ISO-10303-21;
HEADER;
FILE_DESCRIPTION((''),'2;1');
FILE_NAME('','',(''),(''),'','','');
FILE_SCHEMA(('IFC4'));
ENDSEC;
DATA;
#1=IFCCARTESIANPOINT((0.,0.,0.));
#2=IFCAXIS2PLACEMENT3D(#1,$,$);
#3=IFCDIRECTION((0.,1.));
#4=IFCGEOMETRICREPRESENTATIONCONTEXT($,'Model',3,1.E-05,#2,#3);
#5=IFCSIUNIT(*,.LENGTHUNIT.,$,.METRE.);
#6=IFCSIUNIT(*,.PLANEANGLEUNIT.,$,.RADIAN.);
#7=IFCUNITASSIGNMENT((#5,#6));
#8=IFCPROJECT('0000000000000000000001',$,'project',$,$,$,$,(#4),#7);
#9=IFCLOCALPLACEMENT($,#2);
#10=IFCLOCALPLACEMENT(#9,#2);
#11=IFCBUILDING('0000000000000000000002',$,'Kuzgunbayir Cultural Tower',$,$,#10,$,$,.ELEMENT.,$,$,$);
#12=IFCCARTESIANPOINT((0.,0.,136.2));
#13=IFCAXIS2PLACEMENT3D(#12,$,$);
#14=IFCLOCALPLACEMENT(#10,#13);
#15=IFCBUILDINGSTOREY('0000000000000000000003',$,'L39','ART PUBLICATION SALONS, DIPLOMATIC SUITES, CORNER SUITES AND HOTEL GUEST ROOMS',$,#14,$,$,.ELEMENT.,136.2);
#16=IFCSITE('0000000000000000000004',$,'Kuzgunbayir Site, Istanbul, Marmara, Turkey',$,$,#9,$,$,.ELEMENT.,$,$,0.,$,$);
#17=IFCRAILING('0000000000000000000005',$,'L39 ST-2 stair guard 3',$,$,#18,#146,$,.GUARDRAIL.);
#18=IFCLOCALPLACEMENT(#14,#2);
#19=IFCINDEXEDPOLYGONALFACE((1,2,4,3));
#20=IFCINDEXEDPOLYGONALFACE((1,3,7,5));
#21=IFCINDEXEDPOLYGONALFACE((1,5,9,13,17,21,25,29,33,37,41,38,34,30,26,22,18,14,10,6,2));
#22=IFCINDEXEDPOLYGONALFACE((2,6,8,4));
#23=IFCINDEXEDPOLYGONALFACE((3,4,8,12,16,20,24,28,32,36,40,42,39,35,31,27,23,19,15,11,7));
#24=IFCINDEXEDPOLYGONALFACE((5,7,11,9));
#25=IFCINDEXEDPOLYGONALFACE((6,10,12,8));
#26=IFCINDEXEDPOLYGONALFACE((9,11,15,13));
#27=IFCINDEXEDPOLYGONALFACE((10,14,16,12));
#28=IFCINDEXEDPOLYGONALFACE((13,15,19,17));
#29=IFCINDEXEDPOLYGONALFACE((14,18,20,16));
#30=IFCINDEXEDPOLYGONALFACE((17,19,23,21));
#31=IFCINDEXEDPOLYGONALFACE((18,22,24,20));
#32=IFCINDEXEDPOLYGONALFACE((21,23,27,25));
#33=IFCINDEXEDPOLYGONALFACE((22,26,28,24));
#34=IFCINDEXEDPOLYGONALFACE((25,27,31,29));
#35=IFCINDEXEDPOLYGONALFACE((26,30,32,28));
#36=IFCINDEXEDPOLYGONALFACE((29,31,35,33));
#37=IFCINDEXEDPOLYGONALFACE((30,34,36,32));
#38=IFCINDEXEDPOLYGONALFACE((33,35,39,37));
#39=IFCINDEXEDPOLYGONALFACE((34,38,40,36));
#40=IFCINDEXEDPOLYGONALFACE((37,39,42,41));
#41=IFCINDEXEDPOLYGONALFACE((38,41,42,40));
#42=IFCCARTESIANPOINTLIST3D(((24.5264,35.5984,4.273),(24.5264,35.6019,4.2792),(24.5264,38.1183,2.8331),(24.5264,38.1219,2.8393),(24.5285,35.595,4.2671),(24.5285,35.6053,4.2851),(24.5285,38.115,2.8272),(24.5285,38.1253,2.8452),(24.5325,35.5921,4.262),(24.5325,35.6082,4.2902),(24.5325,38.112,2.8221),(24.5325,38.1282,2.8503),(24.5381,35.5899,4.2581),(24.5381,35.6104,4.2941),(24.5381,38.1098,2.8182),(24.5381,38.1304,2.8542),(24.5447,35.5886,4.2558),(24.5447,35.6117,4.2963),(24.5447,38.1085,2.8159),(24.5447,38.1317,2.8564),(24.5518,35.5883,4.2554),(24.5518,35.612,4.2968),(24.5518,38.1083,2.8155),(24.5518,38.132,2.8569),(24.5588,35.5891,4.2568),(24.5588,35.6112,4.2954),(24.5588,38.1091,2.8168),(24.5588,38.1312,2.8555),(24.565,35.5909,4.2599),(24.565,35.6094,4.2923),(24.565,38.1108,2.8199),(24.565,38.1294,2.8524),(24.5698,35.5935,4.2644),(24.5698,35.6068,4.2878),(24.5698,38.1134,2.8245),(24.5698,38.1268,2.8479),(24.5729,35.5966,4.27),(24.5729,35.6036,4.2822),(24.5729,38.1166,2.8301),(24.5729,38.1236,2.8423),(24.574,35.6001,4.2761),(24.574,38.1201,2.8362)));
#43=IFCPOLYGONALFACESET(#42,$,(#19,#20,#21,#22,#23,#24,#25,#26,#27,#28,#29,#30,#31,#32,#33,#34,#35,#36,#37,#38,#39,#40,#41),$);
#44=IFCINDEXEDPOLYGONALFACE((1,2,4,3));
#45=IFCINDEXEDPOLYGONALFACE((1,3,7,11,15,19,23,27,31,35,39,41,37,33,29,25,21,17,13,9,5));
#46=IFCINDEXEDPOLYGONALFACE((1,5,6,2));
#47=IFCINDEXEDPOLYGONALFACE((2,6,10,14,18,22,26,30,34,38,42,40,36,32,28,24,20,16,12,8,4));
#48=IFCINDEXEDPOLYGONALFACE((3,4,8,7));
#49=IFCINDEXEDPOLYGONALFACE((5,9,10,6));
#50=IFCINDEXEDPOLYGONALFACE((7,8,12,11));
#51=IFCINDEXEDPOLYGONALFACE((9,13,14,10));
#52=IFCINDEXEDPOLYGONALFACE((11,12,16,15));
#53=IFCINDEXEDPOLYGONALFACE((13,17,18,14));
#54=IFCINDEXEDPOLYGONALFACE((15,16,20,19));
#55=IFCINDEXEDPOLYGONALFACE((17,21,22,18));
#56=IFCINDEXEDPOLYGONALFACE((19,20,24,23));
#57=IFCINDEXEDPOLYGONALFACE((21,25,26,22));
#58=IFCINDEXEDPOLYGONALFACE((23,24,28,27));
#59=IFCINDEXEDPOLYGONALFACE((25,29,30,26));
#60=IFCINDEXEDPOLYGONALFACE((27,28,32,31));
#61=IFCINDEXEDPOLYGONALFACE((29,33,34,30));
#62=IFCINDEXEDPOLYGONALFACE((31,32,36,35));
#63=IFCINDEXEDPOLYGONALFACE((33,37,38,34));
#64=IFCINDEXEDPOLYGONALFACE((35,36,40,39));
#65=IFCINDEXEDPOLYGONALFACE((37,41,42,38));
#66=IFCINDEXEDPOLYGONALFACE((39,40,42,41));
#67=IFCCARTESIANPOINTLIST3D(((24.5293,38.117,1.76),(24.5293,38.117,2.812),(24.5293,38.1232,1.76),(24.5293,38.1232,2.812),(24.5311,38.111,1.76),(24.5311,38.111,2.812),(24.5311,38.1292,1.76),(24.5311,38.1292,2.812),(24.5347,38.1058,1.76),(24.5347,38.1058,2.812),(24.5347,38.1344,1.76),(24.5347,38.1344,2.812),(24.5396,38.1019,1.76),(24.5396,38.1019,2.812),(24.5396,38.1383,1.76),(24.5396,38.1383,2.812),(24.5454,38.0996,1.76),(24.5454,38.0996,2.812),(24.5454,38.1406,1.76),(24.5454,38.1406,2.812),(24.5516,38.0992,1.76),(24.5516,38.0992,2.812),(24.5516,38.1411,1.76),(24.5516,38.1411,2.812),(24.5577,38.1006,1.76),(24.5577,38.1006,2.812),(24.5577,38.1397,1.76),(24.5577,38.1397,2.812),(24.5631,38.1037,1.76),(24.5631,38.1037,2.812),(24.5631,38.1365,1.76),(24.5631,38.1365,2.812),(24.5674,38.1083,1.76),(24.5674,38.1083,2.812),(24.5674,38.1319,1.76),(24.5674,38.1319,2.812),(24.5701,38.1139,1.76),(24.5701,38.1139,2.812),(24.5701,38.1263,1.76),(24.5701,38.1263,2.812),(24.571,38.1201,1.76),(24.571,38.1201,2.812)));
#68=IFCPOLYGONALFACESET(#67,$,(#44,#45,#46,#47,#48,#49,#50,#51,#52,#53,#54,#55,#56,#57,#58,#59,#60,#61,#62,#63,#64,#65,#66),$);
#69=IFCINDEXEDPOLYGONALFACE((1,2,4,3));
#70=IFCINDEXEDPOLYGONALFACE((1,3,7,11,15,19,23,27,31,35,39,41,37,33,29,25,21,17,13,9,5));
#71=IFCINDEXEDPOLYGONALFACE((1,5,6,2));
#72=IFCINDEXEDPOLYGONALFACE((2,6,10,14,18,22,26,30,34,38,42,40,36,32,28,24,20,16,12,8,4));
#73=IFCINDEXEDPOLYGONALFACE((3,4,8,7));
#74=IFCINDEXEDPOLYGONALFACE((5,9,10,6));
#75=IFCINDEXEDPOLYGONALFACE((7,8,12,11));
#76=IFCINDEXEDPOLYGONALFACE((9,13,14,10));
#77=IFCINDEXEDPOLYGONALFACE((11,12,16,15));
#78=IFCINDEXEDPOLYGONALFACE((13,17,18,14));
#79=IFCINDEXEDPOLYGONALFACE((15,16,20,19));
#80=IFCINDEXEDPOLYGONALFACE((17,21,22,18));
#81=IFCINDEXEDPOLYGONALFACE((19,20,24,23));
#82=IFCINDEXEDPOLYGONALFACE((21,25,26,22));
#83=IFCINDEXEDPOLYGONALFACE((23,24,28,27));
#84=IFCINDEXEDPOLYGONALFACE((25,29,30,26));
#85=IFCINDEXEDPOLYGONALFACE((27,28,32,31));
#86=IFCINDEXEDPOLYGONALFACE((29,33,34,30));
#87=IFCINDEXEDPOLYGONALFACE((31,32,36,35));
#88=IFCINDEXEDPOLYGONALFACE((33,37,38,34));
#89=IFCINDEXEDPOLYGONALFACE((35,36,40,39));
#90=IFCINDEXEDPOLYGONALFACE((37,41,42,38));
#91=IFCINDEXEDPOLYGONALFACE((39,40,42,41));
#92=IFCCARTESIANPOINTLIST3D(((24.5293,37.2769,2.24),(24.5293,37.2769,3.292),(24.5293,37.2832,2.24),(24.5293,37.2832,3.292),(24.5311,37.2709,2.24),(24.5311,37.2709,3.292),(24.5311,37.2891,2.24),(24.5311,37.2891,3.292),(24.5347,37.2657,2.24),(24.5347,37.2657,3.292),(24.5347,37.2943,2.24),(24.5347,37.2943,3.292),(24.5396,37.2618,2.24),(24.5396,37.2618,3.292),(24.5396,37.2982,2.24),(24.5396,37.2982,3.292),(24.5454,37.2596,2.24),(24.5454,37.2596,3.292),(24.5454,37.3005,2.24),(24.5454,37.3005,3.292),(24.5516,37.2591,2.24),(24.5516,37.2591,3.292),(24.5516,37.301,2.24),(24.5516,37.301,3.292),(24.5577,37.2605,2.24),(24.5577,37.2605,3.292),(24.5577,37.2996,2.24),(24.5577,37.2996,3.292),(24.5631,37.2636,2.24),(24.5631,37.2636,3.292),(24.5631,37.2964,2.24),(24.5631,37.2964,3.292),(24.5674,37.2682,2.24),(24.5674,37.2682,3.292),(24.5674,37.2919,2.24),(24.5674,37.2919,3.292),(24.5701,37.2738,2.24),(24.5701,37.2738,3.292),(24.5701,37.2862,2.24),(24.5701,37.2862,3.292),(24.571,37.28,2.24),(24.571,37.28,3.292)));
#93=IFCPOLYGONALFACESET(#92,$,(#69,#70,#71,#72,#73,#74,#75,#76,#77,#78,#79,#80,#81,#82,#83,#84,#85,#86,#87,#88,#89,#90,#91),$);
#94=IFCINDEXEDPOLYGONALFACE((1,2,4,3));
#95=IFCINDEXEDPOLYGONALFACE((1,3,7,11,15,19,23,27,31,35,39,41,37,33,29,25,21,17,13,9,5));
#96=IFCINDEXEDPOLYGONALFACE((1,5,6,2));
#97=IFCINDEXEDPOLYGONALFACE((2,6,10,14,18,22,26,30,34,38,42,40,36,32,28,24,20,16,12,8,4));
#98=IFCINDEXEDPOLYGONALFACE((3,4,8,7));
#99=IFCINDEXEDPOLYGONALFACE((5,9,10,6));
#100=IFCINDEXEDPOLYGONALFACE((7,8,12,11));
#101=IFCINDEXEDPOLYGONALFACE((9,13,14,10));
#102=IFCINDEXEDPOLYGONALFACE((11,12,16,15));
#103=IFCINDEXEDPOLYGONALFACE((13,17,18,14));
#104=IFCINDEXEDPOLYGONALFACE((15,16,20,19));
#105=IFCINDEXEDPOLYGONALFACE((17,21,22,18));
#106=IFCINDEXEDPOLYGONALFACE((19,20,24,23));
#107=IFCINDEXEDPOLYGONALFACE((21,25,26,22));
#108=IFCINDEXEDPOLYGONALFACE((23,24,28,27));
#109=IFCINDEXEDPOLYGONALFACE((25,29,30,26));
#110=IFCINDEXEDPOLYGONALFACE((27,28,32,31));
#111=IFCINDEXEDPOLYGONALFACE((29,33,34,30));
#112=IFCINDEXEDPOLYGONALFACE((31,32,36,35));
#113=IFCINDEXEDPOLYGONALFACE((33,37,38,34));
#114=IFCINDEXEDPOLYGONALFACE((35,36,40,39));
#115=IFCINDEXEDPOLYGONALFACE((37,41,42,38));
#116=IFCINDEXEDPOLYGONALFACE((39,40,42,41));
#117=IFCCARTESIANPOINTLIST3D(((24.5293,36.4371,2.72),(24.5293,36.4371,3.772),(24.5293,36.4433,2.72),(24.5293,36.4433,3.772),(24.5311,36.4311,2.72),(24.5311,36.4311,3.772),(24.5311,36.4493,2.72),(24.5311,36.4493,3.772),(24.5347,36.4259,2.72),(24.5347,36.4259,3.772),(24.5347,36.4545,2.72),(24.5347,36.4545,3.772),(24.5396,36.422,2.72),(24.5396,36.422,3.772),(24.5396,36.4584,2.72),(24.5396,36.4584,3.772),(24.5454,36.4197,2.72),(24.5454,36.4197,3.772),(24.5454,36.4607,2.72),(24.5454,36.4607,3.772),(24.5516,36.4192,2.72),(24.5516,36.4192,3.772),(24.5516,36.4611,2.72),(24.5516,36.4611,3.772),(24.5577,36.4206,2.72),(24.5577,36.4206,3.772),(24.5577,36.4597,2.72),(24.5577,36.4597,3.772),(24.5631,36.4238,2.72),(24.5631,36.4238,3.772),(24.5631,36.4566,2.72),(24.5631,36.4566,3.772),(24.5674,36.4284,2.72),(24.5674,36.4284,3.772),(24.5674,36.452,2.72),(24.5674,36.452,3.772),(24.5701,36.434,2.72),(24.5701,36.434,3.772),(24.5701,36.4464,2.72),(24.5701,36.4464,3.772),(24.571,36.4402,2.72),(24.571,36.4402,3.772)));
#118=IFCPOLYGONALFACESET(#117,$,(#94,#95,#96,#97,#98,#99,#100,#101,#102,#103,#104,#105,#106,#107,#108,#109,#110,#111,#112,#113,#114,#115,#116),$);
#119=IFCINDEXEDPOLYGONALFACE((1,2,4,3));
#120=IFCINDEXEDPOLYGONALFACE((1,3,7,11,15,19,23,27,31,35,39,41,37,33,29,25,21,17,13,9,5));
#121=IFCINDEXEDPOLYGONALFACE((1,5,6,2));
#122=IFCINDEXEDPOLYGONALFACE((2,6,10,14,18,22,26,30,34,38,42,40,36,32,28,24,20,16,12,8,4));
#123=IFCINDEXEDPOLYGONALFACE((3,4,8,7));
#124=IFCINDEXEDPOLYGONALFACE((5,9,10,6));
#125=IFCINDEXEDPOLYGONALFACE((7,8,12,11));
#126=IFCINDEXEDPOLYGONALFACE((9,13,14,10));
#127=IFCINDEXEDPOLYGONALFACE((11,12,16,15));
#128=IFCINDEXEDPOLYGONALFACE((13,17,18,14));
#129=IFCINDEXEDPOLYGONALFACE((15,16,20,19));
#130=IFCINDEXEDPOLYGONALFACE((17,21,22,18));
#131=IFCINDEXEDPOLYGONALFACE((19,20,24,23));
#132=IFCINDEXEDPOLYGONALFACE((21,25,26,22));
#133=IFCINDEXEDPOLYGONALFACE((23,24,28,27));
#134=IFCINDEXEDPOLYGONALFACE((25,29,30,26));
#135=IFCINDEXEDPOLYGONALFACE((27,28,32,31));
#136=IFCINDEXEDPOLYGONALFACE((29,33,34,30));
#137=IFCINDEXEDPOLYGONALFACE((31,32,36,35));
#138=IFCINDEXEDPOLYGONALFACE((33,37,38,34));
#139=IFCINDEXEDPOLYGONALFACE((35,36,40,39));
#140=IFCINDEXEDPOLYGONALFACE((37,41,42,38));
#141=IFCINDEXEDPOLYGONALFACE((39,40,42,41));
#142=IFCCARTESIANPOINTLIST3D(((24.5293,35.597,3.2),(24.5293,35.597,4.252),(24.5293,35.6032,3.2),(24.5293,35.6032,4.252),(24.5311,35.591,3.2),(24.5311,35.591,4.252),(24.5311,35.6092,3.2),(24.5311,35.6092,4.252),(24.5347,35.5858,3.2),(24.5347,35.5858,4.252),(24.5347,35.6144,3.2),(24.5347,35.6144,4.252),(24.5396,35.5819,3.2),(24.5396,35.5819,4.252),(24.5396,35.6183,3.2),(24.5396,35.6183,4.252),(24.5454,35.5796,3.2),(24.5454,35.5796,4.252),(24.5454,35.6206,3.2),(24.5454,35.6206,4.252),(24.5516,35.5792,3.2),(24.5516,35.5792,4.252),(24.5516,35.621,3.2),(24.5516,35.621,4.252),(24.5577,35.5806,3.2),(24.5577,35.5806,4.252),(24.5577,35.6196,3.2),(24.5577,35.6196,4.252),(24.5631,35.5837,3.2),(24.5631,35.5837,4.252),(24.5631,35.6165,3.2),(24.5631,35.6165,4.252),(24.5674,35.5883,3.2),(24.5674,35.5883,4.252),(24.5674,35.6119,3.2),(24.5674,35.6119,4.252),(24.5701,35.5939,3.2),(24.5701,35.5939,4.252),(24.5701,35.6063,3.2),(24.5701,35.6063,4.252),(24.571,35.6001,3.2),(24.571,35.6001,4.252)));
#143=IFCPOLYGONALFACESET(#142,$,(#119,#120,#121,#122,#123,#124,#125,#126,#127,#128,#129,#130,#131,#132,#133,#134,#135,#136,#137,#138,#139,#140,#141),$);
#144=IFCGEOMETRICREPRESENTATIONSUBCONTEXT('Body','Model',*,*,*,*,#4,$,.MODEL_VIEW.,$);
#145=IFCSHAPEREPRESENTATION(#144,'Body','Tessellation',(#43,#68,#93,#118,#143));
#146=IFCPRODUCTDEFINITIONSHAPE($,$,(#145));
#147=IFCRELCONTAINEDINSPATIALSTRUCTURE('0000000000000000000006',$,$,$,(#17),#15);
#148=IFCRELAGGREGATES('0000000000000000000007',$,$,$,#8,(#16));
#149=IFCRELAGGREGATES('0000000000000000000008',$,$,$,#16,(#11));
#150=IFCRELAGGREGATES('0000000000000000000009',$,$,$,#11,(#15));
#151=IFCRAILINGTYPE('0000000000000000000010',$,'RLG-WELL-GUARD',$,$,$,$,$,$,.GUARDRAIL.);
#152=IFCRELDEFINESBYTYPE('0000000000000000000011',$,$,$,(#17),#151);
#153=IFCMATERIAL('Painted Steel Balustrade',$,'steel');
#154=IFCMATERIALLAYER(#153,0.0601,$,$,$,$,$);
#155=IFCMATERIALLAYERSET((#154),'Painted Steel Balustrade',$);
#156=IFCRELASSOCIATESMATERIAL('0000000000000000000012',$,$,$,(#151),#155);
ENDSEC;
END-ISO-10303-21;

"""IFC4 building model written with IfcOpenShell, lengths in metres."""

from ifc_helpers import new_model, si_unit, direction, frame, origin, origin_2d, place, context, subcontext, project, spatial, circle, extrude, material, layer, layer_set, type_object, element, save


model = new_model("IFC4")

# Units and contexts
model_context = context("Model", 3, precision=1e-05, world=origin(), true_north=direction((0.0, 1.0)))
body_context = subcontext(model_context, "Body", "Model", "MODEL_VIEW")
ifc_project = project(units=[si_unit("LENGTHUNIT", "METRE"), si_unit("PLANEANGLEUNIT", "RADIAN")], contexts=[model_context])

# Site, building, storey
site_placement = place(None, origin())
site = spatial("IfcSite", under=ifc_project, at=site_placement, Name="Kuzgunbayir Site, Istanbul, Marmara, Turkey", CompositionType="ELEMENT", RefElevation=0.0)
building_placement = place(site_placement, origin())
building = spatial("IfcBuilding", under=site, at=building_placement, Name="Kuzgunbayir Cultural Tower", CompositionType="ELEMENT")
storey_placement = place(building_placement, frame((0.0, 0.0, 136.2)))
storey = spatial("IfcBuildingStorey", under=building, at=storey_placement, Name="L39", Description="ART PUBLICATION SALONS, DIPLOMATIC SUITES, CORNER SUITES AND HOTEL GUEST ROOMS", CompositionType="ELEMENT", Elevation=136.2)

# Railing
ifc_material_1 = material(Name="Painted Steel Balustrade", Category="steel")
ifc_layer_1 = layer(ifc_material_1, 0.0601)
ifc_layer_set_1 = layer_set([ifc_layer_1], Name="Painted Steel Balustrade")
railing_type_1 = type_object("IfcRailingType", Name="RLG-WELL-GUARD", PredefinedType="GUARDRAIL", material=ifc_layer_set_1)
railing_1_placement = place(storey_placement, frame((24.55, 38.1201, 1.76)))
element("IfcRailing", 1, at=railing_1_placement, inside=storey, type_object=railing_type_1, Name="L39 ST-2 stair guard 3", PredefinedType="GUARDRAIL", context=body_context, shape_type="SweptSolid", body=[
    extrude(circle(Radius=0.0239, at=origin_2d()), frame((0.0, 0.0, 1.0762), z_axis=(0.0, -0.868253, 0.496121), x_axis=(1.0, 0.0, 0.0)), (0.0, 0.0, 1.0), 2.9023),
    extrude(circle(Radius=0.021, at=origin_2d()), origin(), (0.0, 0.0, 1.0), 1.052),
    extrude(circle(Radius=0.021, at=origin_2d()), frame((0.0, -0.8401, 0.48)), (0.0, 0.0, 1.0), 1.052),
    extrude(circle(Radius=0.021, at=origin_2d()), frame((0.0, -1.6799, 0.96)), (0.0, 0.0, 1.0), 1.052),
    extrude(circle(Radius=0.021, at=origin_2d()), frame((0.0, -2.52, 1.4399)), (0.0, 0.0, 1.0), 1.052),
])

save(model, "model.ifc")
